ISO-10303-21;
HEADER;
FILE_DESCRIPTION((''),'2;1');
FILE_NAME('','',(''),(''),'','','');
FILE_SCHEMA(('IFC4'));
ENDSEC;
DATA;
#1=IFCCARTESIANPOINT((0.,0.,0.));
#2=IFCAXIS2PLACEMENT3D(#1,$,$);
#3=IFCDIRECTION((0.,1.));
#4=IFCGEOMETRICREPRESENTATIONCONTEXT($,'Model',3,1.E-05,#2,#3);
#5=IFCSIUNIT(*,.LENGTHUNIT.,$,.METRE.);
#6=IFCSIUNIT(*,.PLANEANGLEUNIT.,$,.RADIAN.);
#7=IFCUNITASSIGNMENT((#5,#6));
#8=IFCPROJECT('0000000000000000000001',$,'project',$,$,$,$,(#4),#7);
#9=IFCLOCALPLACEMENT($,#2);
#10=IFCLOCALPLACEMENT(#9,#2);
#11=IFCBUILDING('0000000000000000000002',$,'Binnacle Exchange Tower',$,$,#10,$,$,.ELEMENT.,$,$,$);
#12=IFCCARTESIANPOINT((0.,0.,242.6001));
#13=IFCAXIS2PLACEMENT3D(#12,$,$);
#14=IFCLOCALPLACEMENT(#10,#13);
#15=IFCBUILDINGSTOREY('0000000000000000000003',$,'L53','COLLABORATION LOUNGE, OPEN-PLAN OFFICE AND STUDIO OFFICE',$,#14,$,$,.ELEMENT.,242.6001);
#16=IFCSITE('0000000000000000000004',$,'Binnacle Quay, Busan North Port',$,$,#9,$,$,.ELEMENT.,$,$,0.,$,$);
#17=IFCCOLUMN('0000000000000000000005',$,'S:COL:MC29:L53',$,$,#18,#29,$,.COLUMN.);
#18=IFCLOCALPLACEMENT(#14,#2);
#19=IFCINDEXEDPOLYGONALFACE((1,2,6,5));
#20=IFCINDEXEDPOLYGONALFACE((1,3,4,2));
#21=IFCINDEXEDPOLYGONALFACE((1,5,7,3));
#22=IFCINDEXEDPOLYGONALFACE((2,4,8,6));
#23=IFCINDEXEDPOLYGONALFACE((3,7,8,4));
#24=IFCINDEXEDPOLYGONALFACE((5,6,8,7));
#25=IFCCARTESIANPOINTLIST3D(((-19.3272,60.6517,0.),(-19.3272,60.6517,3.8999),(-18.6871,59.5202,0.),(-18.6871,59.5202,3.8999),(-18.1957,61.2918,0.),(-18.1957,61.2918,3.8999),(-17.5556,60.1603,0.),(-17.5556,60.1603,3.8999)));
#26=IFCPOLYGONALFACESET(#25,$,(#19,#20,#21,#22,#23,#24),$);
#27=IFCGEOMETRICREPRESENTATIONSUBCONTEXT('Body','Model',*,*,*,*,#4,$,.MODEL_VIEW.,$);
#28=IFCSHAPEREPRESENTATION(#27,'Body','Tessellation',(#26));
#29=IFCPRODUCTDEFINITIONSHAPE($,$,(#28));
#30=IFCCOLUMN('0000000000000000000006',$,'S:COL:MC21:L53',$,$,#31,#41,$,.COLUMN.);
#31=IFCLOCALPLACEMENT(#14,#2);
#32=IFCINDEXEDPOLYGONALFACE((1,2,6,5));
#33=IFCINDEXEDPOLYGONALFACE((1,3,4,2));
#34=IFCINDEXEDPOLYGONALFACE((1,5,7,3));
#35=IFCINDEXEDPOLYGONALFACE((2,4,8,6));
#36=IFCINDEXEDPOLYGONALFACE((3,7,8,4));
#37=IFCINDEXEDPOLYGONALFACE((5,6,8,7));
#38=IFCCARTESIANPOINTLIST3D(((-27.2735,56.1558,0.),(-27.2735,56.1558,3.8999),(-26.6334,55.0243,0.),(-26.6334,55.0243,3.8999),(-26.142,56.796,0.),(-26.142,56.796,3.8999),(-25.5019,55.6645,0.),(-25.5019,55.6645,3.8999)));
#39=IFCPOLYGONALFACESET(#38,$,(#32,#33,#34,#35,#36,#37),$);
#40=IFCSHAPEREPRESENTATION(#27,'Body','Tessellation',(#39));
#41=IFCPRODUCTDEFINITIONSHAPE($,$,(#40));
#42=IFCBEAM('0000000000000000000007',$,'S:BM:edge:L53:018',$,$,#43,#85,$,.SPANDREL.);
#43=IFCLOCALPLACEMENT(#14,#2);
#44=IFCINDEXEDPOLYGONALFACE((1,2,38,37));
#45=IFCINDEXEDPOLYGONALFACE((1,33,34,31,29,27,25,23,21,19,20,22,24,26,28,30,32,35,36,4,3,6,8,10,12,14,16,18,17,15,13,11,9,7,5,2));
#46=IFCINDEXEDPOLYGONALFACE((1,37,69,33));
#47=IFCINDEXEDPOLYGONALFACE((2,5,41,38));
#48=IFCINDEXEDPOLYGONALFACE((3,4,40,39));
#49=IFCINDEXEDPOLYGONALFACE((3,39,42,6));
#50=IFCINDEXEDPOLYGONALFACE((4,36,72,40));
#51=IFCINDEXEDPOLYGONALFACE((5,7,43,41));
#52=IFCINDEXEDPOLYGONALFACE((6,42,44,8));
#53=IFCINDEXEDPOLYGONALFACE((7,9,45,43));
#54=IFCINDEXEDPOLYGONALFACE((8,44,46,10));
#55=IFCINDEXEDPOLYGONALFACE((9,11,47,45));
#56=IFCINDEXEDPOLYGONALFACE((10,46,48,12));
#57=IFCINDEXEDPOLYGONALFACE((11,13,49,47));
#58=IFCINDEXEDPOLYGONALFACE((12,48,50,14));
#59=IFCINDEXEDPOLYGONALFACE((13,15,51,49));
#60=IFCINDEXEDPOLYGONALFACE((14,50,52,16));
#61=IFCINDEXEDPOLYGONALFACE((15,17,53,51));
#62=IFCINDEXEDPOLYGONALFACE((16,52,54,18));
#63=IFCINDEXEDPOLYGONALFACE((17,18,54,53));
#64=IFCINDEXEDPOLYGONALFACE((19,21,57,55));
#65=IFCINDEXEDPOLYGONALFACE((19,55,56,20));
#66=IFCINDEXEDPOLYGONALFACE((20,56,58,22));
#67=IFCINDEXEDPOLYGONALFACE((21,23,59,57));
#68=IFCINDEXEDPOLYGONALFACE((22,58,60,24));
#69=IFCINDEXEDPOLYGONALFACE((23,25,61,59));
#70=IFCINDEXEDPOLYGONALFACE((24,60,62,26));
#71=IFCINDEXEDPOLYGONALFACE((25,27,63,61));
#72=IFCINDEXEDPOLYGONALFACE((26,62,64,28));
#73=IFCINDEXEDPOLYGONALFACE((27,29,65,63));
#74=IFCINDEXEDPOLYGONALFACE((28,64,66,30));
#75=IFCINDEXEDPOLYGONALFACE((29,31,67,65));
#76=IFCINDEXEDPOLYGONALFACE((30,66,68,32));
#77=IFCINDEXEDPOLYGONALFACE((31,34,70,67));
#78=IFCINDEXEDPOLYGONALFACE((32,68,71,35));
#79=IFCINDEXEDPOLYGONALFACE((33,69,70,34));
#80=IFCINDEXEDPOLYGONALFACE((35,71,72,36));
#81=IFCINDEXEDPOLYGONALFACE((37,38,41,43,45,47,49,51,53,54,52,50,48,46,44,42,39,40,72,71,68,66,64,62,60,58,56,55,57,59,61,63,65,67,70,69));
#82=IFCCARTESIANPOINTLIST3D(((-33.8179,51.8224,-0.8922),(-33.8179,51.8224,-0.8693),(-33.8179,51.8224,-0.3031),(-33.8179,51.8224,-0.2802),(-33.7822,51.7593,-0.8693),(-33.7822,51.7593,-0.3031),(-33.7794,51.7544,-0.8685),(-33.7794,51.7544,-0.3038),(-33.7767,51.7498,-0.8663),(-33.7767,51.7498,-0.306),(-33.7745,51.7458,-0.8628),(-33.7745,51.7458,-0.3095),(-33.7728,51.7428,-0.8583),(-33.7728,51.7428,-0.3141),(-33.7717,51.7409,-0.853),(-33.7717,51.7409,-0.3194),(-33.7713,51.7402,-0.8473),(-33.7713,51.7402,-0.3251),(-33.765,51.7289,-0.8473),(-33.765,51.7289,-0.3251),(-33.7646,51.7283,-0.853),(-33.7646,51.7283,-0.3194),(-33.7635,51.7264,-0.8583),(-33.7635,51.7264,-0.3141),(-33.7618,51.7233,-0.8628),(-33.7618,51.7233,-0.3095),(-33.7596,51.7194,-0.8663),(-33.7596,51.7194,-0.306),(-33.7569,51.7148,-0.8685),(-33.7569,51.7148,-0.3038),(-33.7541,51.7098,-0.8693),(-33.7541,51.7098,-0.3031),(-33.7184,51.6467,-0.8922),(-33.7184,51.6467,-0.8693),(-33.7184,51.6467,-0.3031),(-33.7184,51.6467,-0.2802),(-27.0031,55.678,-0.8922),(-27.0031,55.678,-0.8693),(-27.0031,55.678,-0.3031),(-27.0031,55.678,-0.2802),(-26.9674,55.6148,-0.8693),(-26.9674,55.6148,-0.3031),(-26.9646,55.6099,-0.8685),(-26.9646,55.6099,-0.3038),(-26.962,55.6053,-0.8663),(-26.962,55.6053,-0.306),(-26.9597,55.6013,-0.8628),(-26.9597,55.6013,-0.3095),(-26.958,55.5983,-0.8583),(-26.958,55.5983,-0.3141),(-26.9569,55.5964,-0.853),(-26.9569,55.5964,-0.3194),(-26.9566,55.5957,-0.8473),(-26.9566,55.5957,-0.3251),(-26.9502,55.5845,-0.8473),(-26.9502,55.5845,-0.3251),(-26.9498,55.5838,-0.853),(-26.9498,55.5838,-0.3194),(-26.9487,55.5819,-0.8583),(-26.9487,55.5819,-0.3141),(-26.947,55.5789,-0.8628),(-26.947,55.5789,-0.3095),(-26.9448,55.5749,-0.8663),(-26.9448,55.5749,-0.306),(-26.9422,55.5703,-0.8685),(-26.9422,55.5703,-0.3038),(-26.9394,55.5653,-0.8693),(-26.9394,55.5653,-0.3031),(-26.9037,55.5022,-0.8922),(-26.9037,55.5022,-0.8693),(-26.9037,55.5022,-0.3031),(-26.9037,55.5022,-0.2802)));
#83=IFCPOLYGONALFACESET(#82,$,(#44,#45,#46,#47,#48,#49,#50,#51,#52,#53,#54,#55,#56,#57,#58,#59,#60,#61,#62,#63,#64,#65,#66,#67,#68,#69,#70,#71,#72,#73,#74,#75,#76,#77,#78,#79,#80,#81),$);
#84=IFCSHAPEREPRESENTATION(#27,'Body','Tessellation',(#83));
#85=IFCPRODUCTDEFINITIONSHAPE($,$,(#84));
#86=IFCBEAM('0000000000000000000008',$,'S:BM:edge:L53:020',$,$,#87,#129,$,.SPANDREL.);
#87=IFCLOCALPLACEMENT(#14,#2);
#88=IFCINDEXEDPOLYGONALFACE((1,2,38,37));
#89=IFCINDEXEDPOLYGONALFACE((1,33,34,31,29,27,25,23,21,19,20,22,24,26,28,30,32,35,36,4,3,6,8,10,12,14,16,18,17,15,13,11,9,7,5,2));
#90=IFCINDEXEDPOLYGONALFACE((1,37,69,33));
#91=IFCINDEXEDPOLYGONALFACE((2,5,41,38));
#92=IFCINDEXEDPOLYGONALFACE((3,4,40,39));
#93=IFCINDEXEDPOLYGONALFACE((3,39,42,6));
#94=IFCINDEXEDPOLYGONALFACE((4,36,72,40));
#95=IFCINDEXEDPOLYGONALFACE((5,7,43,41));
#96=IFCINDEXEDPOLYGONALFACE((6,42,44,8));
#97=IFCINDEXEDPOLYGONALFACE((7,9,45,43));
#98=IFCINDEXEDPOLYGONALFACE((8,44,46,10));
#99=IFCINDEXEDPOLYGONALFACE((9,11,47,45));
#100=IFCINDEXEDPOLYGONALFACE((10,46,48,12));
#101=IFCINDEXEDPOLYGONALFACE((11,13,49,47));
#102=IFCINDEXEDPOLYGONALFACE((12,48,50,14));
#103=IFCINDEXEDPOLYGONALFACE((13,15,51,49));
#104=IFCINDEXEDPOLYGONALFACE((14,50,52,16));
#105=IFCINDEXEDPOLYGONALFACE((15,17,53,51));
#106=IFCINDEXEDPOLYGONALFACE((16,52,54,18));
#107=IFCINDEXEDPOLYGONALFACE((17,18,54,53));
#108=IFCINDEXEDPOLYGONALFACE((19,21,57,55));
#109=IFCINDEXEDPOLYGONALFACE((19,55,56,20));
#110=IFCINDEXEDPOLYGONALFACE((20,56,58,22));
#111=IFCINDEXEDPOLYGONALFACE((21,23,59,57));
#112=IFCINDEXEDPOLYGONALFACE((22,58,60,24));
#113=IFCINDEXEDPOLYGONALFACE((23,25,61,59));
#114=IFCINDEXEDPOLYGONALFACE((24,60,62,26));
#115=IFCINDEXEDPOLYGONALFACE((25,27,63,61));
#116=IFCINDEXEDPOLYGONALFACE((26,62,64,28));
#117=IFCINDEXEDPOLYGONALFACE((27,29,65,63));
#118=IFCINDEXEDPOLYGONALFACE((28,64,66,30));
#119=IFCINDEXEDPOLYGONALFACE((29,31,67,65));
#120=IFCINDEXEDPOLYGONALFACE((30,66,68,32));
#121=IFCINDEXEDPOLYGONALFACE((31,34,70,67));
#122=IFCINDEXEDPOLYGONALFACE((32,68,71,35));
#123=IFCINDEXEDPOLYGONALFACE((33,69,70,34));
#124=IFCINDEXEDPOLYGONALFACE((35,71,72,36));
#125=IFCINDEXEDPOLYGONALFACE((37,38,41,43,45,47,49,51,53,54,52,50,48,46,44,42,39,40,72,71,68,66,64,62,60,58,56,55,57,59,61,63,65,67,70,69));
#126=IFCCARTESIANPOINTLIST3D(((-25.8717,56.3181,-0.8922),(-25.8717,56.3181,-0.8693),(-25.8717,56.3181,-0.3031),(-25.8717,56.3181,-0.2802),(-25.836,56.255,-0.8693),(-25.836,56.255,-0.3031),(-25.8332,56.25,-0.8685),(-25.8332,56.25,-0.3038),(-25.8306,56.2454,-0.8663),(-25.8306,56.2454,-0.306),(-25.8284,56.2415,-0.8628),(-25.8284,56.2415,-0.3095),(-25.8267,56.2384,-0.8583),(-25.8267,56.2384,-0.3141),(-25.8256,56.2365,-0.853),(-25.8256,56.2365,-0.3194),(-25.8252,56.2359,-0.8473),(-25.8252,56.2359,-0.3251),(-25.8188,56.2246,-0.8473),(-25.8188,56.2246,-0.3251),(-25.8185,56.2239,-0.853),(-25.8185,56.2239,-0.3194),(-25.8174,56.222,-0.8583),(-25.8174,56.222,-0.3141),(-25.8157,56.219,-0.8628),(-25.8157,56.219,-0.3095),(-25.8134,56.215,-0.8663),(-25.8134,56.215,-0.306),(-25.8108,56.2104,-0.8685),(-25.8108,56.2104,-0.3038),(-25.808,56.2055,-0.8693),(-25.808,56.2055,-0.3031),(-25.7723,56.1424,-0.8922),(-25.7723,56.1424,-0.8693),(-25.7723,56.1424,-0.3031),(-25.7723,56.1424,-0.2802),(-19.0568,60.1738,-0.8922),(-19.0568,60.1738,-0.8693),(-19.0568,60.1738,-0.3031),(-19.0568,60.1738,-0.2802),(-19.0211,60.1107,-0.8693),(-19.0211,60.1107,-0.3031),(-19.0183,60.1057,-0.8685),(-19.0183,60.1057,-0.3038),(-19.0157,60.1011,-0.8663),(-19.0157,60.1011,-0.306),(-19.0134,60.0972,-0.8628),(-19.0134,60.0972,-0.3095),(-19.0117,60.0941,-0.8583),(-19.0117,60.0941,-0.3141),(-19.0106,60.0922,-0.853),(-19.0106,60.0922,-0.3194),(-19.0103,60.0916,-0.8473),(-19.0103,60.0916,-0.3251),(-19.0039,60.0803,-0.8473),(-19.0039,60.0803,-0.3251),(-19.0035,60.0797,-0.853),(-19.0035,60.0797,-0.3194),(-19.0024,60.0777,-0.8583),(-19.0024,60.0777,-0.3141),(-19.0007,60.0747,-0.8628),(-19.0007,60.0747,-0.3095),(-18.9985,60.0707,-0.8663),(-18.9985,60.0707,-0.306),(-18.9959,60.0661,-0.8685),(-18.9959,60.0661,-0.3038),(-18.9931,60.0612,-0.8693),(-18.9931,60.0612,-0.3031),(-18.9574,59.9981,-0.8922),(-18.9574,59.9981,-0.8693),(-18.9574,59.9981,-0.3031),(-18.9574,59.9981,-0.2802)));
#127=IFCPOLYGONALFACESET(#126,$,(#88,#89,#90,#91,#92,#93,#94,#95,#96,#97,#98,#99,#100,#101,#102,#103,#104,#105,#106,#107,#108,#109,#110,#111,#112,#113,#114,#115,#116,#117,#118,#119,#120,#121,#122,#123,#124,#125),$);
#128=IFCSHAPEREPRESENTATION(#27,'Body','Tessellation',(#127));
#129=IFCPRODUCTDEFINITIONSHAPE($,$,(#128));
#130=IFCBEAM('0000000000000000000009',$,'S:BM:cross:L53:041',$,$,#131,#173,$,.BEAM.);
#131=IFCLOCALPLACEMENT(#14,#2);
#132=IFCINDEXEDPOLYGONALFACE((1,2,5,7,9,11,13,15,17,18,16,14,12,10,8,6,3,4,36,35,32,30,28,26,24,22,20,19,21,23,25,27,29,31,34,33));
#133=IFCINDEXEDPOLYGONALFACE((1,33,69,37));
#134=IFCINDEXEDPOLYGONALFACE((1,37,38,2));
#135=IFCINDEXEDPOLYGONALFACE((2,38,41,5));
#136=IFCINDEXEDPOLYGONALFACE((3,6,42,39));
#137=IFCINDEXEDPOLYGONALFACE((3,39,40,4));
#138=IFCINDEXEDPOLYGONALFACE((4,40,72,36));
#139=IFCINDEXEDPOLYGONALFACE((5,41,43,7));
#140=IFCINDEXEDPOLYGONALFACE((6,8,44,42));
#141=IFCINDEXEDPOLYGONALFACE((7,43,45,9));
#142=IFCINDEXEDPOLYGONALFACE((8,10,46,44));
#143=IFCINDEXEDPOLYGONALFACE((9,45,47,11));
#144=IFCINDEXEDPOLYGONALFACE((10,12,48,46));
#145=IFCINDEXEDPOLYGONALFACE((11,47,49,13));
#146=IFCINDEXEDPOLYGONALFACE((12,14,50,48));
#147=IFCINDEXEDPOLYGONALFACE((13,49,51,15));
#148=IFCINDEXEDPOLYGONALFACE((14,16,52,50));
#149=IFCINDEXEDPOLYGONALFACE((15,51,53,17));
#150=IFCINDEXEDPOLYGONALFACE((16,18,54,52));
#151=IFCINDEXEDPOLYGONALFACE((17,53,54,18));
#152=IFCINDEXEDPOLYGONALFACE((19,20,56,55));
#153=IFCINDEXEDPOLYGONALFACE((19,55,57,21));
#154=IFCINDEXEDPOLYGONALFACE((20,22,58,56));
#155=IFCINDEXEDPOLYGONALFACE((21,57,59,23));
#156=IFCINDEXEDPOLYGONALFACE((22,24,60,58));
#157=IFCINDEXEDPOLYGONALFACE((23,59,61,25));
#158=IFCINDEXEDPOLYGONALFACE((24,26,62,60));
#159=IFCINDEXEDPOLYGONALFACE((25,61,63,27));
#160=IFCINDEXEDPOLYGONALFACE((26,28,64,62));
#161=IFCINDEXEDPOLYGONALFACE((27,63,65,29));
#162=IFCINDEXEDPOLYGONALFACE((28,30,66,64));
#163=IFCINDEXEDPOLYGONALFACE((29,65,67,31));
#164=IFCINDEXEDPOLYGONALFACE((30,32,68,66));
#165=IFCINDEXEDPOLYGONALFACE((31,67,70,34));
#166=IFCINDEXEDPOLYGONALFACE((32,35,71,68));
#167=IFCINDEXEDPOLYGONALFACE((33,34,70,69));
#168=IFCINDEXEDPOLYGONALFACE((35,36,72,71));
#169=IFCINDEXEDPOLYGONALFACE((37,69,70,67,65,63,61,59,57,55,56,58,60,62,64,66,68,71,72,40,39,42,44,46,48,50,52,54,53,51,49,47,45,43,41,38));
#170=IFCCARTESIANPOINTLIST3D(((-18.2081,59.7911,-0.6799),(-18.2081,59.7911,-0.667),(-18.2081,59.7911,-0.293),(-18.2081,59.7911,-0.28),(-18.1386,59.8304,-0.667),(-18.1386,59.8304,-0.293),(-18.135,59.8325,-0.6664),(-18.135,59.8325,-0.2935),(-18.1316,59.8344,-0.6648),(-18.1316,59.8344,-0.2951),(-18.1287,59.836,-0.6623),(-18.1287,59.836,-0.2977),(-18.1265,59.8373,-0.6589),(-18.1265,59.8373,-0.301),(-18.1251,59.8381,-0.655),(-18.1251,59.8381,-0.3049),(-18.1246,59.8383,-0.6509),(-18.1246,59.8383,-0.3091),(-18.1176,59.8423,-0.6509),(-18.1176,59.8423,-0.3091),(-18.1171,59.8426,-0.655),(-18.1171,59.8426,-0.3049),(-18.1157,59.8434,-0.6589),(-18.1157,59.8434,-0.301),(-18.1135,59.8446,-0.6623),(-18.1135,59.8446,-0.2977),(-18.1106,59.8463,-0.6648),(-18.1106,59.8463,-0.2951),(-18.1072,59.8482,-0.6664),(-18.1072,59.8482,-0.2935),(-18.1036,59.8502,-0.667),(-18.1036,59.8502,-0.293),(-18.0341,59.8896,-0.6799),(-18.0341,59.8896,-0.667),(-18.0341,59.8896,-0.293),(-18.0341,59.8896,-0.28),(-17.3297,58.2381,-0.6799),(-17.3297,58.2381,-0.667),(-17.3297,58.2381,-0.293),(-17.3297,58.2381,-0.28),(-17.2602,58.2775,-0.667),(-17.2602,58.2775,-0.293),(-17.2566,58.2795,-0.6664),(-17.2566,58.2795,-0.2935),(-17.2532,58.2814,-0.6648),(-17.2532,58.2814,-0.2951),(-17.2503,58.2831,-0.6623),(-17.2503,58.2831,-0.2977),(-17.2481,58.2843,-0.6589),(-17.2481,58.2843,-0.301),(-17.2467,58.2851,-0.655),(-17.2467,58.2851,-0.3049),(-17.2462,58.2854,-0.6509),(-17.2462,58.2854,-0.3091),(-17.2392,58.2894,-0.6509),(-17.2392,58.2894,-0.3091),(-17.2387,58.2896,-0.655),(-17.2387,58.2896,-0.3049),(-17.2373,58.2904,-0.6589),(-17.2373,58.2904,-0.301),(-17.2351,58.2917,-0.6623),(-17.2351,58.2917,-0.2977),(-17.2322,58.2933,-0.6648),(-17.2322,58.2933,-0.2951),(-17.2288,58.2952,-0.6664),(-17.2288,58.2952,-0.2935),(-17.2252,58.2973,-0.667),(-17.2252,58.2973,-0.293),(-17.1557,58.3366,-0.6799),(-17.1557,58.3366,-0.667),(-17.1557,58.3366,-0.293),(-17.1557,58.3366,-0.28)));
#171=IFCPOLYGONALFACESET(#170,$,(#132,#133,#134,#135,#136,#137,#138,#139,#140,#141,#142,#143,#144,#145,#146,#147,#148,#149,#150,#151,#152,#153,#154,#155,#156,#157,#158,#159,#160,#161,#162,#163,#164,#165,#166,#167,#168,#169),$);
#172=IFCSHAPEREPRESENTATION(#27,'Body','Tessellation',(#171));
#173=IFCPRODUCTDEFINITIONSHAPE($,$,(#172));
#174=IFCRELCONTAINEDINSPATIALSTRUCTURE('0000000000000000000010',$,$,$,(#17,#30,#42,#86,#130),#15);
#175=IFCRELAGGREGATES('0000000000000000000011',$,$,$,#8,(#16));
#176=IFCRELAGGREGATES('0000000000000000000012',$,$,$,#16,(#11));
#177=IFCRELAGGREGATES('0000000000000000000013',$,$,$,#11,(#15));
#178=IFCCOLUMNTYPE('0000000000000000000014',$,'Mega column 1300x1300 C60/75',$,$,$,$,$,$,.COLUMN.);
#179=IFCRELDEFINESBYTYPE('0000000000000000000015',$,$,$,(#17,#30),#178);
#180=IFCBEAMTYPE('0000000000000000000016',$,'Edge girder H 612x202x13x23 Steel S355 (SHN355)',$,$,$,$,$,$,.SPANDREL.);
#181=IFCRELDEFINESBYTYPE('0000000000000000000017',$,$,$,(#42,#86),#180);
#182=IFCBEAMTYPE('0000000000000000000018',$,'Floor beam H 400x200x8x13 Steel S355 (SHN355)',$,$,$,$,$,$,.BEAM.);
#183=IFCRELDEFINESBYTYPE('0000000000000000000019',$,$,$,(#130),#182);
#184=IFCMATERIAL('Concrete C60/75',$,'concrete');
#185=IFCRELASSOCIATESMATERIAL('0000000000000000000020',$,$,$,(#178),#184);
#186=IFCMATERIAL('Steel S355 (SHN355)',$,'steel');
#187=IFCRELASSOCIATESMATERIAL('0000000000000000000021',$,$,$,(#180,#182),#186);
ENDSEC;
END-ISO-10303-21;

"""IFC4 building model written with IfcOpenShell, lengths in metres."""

from ifc_helpers import new_model, si_unit, direction, frame, origin, origin_2d, place, context, subcontext, project, spatial, rectangle, i_section, extrude, material, material_profile, profile_set, type_object, element, save


model = new_model("IFC4")

# Units and contexts
model_context = context("Model", 3, precision=1e-05, world=origin(), true_north=direction((0.0, 1.0)))
body_context = subcontext(model_context, "Body", "Model", "MODEL_VIEW")
ifc_project = project(units=[si_unit("LENGTHUNIT", "METRE"), si_unit("PLANEANGLEUNIT", "RADIAN")], contexts=[model_context])

# Site, building, storey
site_placement = place(None, origin())
site = spatial("IfcSite", under=ifc_project, at=site_placement, Name="Binnacle Quay, Busan North Port", CompositionType="ELEMENT", RefElevation=0.0)
building_placement = place(site_placement, origin())
building = spatial("IfcBuilding", under=site, at=building_placement, Name="Binnacle Exchange Tower", CompositionType="ELEMENT")
storey_placement = place(building_placement, frame((0.0, 0.0, 242.6001)))
storey = spatial("IfcBuildingStorey", under=building, at=storey_placement, Name="L53", Description="COLLABORATION LOUNGE, OPEN-PLAN OFFICE AND STUDIO OFFICE", CompositionType="ELEMENT", Elevation=242.6001)

# Columns
ifc_material_1 = material(Name="Concrete C60/75", Category="concrete")
ifc_material_profile_1 = material_profile(ifc_material_1, rectangle(XDim=1.3, YDim=1.3, at=origin_2d()), Name="Mega column 1300x1300 C60/75")
ifc_profile_set_1 = profile_set([ifc_material_profile_1], Name="Concrete C60/75")
column_type = type_object("IfcColumnType", Name="Mega column 1300x1300 C60/75", PredefinedType="COLUMN", material=ifc_profile_set_1)
for number, where, z_axis, x_axis, name in (
    (1, (-18.4414, 60.406, 0.0), (0.0, 0.0, 1.0), (-0.870356, -0.492424, 0.0), "S:COL:MC29:L53"),
    (2, (-26.3877, 55.9102, 0.0), (0.0, 0.0, 1.0), (-0.870356, -0.492424, 0.0), "S:COL:MC21:L53"),
):
    element("IfcColumn", number, at=place(storey_placement, frame(where, z_axis=z_axis, x_axis=x_axis)), inside=storey, type_object=column_type, Name=name, PredefinedType="COLUMN", context=body_context, shape_type="SweptSolid", body=[
        extrude(rectangle(XDim=1.3, YDim=1.3, at=origin_2d()), origin(), (0.0, 0.0, 1.0), 3.8999),
    ])

# Beams
ifc_material_2 = material(Name="Steel S355 (SHN355)", Category="steel")
ifc_material_profile_2 = material_profile(ifc_material_2, i_section(OverallWidth=0.2019, OverallDepth=0.6121, WebThickness=0.0129, FlangeThickness=0.0229, FilletRadius=0.022, at=origin_2d()), Name="H 612x202x13x23")
ifc_profile_set_2 = profile_set([ifc_material_profile_2], Name="Steel S355 (SHN355)")
beam_type_1 = type_object("IfcBeamType", Name="Edge girder H 612x202x13x23 Steel S355 (SHN355)", PredefinedType="SPANDREL", material=ifc_profile_set_2)
beam_1_placement = place(storey_placement, frame((-26.9534, 55.5901, -0.5862), z_axis=(-0.870361, -0.492414, 0.0), x_axis=(0.492414, -0.870361, 0.0)))
element("IfcBeam", 3, at=beam_1_placement, inside=storey, type_object=beam_type_1, Name="S:BM:edge:L53:018", PredefinedType="SPANDREL", context=body_context, shape_type="SweptSolid", body=[
    extrude(i_section(OverallWidth=0.2019, OverallDepth=0.6121, WebThickness=0.0129, FlangeThickness=0.0229, FilletRadius=0.022, at=origin_2d()), origin(), (0.0, 0.0, 1.0), 7.8298),
])
beam_2_placement = place(storey_placement, frame((-19.0071, 60.0859, -0.5862), z_axis=(-0.870355, -0.492424, 0.0), x_axis=(0.492424, -0.870355, 0.0)))
element("IfcBeam", 4, at=beam_2_placement, inside=storey, type_object=beam_type_1, Name="S:BM:edge:L53:020", PredefinedType="SPANDREL", context=body_context, shape_type="SweptSolid", body=[
    extrude(i_section(OverallWidth=0.2019, OverallDepth=0.6121, WebThickness=0.0129, FlangeThickness=0.0229, FilletRadius=0.022, at=origin_2d()), origin(), (0.0, 0.0, 1.0), 7.8301),
])
ifc_material_profile_3 = material_profile(ifc_material_2, i_section(OverallWidth=0.2, OverallDepth=0.3999, WebThickness=0.0081, FlangeThickness=0.0129, FilletRadius=0.0161, at=origin_2d()), Name="H 400x200x8x13")
ifc_profile_set_3 = profile_set([ifc_material_profile_3], Name="Steel S355 (SHN355)")
beam_type_2 = type_object("IfcBeamType", Name="Floor beam H 400x200x8x13 Steel S355 (SHN355)", PredefinedType="BEAM", material=ifc_profile_set_3)
beam_3_placement = place(storey_placement, frame((-18.1211, 59.8403, -0.48), z_axis=(0.492332, -0.870407, 0.0), x_axis=(0.870407, 0.492332, 0.0)))
element("IfcBeam", 5, at=beam_3_placement, inside=storey, type_object=beam_type_2, Name="S:BM:cross:L53:041", PredefinedType="BEAM", context=body_context, shape_type="SweptSolid", body=[
    extrude(i_section(OverallWidth=0.2, OverallDepth=0.3999, WebThickness=0.0081, FlangeThickness=0.0129, FilletRadius=0.0161, at=origin_2d()), origin(), (0.0, 0.0, 1.0), 1.7842),
])

save(model, "model.ifc")
